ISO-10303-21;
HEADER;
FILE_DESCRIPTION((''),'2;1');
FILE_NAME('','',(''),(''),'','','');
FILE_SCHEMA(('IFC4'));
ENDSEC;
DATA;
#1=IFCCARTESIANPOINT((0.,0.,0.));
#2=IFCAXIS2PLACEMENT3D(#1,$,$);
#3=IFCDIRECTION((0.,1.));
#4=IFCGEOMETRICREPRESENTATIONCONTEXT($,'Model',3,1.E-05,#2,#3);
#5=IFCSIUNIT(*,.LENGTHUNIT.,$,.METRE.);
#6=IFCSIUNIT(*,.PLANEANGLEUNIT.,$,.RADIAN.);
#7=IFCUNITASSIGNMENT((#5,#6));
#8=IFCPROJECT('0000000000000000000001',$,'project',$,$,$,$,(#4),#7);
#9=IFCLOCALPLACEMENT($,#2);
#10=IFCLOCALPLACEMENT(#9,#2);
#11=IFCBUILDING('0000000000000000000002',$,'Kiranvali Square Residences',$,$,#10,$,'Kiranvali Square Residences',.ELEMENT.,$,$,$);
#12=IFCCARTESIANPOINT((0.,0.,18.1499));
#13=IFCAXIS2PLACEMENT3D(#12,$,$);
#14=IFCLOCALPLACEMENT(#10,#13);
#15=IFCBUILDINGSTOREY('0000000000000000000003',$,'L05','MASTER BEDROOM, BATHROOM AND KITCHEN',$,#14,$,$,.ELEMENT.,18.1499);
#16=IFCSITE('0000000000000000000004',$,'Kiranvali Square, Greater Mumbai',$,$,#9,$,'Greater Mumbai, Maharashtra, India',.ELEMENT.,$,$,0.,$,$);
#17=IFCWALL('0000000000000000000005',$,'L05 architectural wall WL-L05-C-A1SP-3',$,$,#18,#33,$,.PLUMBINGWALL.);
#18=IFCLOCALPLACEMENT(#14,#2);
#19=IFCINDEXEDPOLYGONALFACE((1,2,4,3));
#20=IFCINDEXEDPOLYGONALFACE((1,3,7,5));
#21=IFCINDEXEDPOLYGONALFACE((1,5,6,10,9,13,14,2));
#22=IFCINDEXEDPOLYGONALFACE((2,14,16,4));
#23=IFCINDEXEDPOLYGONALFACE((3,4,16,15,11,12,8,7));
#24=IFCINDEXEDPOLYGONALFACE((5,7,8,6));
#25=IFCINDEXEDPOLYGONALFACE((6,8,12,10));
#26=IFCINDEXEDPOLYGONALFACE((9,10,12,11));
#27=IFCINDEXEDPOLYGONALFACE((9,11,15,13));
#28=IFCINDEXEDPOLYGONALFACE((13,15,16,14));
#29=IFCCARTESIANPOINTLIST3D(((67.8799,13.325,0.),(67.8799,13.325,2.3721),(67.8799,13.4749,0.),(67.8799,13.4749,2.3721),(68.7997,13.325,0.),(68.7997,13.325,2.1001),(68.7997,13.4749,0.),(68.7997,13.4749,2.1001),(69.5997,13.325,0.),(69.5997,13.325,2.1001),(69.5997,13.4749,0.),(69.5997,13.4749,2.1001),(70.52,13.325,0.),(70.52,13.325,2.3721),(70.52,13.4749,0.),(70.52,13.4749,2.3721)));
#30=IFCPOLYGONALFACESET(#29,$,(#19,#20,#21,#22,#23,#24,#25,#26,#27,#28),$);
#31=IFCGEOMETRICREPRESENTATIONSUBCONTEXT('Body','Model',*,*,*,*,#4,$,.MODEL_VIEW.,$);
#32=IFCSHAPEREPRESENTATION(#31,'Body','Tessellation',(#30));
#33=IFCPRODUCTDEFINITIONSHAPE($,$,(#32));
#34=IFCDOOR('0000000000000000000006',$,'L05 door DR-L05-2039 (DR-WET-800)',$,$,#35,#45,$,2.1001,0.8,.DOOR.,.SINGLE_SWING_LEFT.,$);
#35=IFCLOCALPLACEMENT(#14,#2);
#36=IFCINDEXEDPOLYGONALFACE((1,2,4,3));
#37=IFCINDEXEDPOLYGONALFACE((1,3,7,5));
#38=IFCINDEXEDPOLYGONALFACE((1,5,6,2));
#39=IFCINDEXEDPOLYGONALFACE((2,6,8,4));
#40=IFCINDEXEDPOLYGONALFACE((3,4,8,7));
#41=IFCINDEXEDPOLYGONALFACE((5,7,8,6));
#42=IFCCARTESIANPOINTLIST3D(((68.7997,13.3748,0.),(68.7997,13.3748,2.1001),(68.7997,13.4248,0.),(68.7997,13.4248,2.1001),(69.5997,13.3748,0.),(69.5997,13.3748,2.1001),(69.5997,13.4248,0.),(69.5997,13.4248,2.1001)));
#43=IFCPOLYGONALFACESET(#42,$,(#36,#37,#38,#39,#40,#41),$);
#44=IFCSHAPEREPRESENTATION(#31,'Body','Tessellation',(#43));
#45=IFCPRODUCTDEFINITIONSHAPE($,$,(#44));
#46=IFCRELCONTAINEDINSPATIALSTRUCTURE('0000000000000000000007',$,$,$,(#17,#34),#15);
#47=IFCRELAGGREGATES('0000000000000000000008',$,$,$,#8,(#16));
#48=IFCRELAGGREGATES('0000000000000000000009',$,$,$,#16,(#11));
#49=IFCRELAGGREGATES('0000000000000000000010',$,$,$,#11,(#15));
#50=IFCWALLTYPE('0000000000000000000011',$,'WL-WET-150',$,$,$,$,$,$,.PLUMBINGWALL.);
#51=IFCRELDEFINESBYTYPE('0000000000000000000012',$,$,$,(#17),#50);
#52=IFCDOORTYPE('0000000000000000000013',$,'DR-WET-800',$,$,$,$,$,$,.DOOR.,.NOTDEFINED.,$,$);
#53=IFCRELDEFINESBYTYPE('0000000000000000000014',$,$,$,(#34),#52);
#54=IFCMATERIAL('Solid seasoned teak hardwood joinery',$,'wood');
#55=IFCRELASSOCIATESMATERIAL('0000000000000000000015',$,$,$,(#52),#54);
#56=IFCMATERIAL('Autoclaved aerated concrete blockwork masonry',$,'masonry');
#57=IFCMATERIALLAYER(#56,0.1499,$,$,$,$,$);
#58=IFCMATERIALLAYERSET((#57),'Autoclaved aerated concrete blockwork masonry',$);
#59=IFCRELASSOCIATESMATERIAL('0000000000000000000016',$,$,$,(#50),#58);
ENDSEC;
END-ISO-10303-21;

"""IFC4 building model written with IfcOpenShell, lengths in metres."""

from ifc_helpers import new_model, si_unit, direction, frame, frame_2d, origin, place, context, subcontext, project, spatial, rectangle, extrude, material, layer, layer_set, type_object, element, fill, save


model = new_model("IFC4")

# Units and contexts
model_context = context("Model", 3, precision=1e-05, world=origin(), true_north=direction((0.0, 1.0)))
body_context = subcontext(model_context, "Body", "Model", "MODEL_VIEW")
ifc_project = project(units=[si_unit("LENGTHUNIT", "METRE"), si_unit("PLANEANGLEUNIT", "RADIAN")], contexts=[model_context])

# Site, building, storey
site_placement = place(None, origin())
site = spatial("IfcSite", under=ifc_project, at=site_placement, Name="Kiranvali Square, Greater Mumbai", LongName="Greater Mumbai, Maharashtra, India", CompositionType="ELEMENT", RefElevation=0.0)
building_placement = place(site_placement, origin())
building = spatial("IfcBuilding", under=site, at=building_placement, Name="Kiranvali Square Residences", LongName="Kiranvali Square Residences", CompositionType="ELEMENT")
storey_placement = place(building_placement, frame((0.0, 0.0, 18.1499)))
storey = spatial("IfcBuildingStorey", under=building, at=storey_placement, Name="L05", Description="MASTER BEDROOM, BATHROOM AND KITCHEN", CompositionType="ELEMENT", Elevation=18.1499)

# Shared definitions
ifc_material_1 = material(Name="Autoclaved aerated concrete blockwork masonry", Category="masonry")

# Wall, opening, door
ifc_material_2 = material(Name="Solid seasoned teak hardwood joinery", Category="wood")
door_type_1 = type_object("IfcDoorType", Name="DR-WET-800", OperationType="NOTDEFINED", PredefinedType="DOOR", material=ifc_material_2)
ifc_layer_1 = layer(ifc_material_1, 0.1499)
ifc_layer_set_1 = layer_set([ifc_layer_1], Name="Autoclaved aerated concrete blockwork masonry")
wall_type_1 = type_object("IfcWallType", Name="WL-WET-150", PredefinedType="PLUMBINGWALL", material=ifc_layer_set_1)
wall_1_placement = place(storey_placement, frame((67.8799, 13.3999, 0.0), z_axis=(0.0, 0.0, 1.0), x_axis=(1.0, 0.0, 0.0)))
wall_1 = element("IfcWall", 1, at=wall_1_placement, inside=storey, type_object=wall_type_1, Name="L05 architectural wall WL-L05-C-A1SP-3", PredefinedType="PLUMBINGWALL", context=body_context, shape_type="SweptSolid", body=[
    extrude(rectangle(XDim=2.6401, YDim=0.1499, at=frame_2d((1.3201, 0.0))), origin(), (0.0, 0.0, 1.0), 2.3721),
])
opening_1_placement = place(wall_1_placement, frame((0.9199, 0.0, 0.0)))
opening_1 = element("IfcOpeningElement", 2, at=opening_1_placement, cuts=wall_1, PredefinedType="OPENING", context=body_context, shape_type="SweptSolid", body=[
    extrude(rectangle(XDim=0.8, YDim=2.1001, at=frame_2d((0.3999, 1.05))), frame((0.0, 0.085, 0.0), z_axis=(0.0, -1.0, 0.0), x_axis=(1.0, 0.0, 0.0)), (0.0, 0.0, 1.0), 0.1699),
])
door_1_placement = place(opening_1_placement, origin())
door_1 = element("IfcDoor", 3, at=door_1_placement, inside=storey, type_object=door_type_1, Name="L05 door DR-L05-2039 (DR-WET-800)", OperationType="SINGLE_SWING_LEFT", OverallHeight=2.1001, OverallWidth=0.8, PredefinedType="DOOR", context=body_context, shape_type="SweptSolid", body=[
    extrude(rectangle(XDim=0.8, YDim=2.1001, at=frame_2d((0.3999, 1.05))), frame((0.0, 0.0249, 0.0), z_axis=(0.0, -1.0, 0.0), x_axis=(1.0, 0.0, 0.0)), (0.0, 0.0, 1.0), 0.05),
])
fill(opening_1, door_1)

save(model, "model.ifc")
